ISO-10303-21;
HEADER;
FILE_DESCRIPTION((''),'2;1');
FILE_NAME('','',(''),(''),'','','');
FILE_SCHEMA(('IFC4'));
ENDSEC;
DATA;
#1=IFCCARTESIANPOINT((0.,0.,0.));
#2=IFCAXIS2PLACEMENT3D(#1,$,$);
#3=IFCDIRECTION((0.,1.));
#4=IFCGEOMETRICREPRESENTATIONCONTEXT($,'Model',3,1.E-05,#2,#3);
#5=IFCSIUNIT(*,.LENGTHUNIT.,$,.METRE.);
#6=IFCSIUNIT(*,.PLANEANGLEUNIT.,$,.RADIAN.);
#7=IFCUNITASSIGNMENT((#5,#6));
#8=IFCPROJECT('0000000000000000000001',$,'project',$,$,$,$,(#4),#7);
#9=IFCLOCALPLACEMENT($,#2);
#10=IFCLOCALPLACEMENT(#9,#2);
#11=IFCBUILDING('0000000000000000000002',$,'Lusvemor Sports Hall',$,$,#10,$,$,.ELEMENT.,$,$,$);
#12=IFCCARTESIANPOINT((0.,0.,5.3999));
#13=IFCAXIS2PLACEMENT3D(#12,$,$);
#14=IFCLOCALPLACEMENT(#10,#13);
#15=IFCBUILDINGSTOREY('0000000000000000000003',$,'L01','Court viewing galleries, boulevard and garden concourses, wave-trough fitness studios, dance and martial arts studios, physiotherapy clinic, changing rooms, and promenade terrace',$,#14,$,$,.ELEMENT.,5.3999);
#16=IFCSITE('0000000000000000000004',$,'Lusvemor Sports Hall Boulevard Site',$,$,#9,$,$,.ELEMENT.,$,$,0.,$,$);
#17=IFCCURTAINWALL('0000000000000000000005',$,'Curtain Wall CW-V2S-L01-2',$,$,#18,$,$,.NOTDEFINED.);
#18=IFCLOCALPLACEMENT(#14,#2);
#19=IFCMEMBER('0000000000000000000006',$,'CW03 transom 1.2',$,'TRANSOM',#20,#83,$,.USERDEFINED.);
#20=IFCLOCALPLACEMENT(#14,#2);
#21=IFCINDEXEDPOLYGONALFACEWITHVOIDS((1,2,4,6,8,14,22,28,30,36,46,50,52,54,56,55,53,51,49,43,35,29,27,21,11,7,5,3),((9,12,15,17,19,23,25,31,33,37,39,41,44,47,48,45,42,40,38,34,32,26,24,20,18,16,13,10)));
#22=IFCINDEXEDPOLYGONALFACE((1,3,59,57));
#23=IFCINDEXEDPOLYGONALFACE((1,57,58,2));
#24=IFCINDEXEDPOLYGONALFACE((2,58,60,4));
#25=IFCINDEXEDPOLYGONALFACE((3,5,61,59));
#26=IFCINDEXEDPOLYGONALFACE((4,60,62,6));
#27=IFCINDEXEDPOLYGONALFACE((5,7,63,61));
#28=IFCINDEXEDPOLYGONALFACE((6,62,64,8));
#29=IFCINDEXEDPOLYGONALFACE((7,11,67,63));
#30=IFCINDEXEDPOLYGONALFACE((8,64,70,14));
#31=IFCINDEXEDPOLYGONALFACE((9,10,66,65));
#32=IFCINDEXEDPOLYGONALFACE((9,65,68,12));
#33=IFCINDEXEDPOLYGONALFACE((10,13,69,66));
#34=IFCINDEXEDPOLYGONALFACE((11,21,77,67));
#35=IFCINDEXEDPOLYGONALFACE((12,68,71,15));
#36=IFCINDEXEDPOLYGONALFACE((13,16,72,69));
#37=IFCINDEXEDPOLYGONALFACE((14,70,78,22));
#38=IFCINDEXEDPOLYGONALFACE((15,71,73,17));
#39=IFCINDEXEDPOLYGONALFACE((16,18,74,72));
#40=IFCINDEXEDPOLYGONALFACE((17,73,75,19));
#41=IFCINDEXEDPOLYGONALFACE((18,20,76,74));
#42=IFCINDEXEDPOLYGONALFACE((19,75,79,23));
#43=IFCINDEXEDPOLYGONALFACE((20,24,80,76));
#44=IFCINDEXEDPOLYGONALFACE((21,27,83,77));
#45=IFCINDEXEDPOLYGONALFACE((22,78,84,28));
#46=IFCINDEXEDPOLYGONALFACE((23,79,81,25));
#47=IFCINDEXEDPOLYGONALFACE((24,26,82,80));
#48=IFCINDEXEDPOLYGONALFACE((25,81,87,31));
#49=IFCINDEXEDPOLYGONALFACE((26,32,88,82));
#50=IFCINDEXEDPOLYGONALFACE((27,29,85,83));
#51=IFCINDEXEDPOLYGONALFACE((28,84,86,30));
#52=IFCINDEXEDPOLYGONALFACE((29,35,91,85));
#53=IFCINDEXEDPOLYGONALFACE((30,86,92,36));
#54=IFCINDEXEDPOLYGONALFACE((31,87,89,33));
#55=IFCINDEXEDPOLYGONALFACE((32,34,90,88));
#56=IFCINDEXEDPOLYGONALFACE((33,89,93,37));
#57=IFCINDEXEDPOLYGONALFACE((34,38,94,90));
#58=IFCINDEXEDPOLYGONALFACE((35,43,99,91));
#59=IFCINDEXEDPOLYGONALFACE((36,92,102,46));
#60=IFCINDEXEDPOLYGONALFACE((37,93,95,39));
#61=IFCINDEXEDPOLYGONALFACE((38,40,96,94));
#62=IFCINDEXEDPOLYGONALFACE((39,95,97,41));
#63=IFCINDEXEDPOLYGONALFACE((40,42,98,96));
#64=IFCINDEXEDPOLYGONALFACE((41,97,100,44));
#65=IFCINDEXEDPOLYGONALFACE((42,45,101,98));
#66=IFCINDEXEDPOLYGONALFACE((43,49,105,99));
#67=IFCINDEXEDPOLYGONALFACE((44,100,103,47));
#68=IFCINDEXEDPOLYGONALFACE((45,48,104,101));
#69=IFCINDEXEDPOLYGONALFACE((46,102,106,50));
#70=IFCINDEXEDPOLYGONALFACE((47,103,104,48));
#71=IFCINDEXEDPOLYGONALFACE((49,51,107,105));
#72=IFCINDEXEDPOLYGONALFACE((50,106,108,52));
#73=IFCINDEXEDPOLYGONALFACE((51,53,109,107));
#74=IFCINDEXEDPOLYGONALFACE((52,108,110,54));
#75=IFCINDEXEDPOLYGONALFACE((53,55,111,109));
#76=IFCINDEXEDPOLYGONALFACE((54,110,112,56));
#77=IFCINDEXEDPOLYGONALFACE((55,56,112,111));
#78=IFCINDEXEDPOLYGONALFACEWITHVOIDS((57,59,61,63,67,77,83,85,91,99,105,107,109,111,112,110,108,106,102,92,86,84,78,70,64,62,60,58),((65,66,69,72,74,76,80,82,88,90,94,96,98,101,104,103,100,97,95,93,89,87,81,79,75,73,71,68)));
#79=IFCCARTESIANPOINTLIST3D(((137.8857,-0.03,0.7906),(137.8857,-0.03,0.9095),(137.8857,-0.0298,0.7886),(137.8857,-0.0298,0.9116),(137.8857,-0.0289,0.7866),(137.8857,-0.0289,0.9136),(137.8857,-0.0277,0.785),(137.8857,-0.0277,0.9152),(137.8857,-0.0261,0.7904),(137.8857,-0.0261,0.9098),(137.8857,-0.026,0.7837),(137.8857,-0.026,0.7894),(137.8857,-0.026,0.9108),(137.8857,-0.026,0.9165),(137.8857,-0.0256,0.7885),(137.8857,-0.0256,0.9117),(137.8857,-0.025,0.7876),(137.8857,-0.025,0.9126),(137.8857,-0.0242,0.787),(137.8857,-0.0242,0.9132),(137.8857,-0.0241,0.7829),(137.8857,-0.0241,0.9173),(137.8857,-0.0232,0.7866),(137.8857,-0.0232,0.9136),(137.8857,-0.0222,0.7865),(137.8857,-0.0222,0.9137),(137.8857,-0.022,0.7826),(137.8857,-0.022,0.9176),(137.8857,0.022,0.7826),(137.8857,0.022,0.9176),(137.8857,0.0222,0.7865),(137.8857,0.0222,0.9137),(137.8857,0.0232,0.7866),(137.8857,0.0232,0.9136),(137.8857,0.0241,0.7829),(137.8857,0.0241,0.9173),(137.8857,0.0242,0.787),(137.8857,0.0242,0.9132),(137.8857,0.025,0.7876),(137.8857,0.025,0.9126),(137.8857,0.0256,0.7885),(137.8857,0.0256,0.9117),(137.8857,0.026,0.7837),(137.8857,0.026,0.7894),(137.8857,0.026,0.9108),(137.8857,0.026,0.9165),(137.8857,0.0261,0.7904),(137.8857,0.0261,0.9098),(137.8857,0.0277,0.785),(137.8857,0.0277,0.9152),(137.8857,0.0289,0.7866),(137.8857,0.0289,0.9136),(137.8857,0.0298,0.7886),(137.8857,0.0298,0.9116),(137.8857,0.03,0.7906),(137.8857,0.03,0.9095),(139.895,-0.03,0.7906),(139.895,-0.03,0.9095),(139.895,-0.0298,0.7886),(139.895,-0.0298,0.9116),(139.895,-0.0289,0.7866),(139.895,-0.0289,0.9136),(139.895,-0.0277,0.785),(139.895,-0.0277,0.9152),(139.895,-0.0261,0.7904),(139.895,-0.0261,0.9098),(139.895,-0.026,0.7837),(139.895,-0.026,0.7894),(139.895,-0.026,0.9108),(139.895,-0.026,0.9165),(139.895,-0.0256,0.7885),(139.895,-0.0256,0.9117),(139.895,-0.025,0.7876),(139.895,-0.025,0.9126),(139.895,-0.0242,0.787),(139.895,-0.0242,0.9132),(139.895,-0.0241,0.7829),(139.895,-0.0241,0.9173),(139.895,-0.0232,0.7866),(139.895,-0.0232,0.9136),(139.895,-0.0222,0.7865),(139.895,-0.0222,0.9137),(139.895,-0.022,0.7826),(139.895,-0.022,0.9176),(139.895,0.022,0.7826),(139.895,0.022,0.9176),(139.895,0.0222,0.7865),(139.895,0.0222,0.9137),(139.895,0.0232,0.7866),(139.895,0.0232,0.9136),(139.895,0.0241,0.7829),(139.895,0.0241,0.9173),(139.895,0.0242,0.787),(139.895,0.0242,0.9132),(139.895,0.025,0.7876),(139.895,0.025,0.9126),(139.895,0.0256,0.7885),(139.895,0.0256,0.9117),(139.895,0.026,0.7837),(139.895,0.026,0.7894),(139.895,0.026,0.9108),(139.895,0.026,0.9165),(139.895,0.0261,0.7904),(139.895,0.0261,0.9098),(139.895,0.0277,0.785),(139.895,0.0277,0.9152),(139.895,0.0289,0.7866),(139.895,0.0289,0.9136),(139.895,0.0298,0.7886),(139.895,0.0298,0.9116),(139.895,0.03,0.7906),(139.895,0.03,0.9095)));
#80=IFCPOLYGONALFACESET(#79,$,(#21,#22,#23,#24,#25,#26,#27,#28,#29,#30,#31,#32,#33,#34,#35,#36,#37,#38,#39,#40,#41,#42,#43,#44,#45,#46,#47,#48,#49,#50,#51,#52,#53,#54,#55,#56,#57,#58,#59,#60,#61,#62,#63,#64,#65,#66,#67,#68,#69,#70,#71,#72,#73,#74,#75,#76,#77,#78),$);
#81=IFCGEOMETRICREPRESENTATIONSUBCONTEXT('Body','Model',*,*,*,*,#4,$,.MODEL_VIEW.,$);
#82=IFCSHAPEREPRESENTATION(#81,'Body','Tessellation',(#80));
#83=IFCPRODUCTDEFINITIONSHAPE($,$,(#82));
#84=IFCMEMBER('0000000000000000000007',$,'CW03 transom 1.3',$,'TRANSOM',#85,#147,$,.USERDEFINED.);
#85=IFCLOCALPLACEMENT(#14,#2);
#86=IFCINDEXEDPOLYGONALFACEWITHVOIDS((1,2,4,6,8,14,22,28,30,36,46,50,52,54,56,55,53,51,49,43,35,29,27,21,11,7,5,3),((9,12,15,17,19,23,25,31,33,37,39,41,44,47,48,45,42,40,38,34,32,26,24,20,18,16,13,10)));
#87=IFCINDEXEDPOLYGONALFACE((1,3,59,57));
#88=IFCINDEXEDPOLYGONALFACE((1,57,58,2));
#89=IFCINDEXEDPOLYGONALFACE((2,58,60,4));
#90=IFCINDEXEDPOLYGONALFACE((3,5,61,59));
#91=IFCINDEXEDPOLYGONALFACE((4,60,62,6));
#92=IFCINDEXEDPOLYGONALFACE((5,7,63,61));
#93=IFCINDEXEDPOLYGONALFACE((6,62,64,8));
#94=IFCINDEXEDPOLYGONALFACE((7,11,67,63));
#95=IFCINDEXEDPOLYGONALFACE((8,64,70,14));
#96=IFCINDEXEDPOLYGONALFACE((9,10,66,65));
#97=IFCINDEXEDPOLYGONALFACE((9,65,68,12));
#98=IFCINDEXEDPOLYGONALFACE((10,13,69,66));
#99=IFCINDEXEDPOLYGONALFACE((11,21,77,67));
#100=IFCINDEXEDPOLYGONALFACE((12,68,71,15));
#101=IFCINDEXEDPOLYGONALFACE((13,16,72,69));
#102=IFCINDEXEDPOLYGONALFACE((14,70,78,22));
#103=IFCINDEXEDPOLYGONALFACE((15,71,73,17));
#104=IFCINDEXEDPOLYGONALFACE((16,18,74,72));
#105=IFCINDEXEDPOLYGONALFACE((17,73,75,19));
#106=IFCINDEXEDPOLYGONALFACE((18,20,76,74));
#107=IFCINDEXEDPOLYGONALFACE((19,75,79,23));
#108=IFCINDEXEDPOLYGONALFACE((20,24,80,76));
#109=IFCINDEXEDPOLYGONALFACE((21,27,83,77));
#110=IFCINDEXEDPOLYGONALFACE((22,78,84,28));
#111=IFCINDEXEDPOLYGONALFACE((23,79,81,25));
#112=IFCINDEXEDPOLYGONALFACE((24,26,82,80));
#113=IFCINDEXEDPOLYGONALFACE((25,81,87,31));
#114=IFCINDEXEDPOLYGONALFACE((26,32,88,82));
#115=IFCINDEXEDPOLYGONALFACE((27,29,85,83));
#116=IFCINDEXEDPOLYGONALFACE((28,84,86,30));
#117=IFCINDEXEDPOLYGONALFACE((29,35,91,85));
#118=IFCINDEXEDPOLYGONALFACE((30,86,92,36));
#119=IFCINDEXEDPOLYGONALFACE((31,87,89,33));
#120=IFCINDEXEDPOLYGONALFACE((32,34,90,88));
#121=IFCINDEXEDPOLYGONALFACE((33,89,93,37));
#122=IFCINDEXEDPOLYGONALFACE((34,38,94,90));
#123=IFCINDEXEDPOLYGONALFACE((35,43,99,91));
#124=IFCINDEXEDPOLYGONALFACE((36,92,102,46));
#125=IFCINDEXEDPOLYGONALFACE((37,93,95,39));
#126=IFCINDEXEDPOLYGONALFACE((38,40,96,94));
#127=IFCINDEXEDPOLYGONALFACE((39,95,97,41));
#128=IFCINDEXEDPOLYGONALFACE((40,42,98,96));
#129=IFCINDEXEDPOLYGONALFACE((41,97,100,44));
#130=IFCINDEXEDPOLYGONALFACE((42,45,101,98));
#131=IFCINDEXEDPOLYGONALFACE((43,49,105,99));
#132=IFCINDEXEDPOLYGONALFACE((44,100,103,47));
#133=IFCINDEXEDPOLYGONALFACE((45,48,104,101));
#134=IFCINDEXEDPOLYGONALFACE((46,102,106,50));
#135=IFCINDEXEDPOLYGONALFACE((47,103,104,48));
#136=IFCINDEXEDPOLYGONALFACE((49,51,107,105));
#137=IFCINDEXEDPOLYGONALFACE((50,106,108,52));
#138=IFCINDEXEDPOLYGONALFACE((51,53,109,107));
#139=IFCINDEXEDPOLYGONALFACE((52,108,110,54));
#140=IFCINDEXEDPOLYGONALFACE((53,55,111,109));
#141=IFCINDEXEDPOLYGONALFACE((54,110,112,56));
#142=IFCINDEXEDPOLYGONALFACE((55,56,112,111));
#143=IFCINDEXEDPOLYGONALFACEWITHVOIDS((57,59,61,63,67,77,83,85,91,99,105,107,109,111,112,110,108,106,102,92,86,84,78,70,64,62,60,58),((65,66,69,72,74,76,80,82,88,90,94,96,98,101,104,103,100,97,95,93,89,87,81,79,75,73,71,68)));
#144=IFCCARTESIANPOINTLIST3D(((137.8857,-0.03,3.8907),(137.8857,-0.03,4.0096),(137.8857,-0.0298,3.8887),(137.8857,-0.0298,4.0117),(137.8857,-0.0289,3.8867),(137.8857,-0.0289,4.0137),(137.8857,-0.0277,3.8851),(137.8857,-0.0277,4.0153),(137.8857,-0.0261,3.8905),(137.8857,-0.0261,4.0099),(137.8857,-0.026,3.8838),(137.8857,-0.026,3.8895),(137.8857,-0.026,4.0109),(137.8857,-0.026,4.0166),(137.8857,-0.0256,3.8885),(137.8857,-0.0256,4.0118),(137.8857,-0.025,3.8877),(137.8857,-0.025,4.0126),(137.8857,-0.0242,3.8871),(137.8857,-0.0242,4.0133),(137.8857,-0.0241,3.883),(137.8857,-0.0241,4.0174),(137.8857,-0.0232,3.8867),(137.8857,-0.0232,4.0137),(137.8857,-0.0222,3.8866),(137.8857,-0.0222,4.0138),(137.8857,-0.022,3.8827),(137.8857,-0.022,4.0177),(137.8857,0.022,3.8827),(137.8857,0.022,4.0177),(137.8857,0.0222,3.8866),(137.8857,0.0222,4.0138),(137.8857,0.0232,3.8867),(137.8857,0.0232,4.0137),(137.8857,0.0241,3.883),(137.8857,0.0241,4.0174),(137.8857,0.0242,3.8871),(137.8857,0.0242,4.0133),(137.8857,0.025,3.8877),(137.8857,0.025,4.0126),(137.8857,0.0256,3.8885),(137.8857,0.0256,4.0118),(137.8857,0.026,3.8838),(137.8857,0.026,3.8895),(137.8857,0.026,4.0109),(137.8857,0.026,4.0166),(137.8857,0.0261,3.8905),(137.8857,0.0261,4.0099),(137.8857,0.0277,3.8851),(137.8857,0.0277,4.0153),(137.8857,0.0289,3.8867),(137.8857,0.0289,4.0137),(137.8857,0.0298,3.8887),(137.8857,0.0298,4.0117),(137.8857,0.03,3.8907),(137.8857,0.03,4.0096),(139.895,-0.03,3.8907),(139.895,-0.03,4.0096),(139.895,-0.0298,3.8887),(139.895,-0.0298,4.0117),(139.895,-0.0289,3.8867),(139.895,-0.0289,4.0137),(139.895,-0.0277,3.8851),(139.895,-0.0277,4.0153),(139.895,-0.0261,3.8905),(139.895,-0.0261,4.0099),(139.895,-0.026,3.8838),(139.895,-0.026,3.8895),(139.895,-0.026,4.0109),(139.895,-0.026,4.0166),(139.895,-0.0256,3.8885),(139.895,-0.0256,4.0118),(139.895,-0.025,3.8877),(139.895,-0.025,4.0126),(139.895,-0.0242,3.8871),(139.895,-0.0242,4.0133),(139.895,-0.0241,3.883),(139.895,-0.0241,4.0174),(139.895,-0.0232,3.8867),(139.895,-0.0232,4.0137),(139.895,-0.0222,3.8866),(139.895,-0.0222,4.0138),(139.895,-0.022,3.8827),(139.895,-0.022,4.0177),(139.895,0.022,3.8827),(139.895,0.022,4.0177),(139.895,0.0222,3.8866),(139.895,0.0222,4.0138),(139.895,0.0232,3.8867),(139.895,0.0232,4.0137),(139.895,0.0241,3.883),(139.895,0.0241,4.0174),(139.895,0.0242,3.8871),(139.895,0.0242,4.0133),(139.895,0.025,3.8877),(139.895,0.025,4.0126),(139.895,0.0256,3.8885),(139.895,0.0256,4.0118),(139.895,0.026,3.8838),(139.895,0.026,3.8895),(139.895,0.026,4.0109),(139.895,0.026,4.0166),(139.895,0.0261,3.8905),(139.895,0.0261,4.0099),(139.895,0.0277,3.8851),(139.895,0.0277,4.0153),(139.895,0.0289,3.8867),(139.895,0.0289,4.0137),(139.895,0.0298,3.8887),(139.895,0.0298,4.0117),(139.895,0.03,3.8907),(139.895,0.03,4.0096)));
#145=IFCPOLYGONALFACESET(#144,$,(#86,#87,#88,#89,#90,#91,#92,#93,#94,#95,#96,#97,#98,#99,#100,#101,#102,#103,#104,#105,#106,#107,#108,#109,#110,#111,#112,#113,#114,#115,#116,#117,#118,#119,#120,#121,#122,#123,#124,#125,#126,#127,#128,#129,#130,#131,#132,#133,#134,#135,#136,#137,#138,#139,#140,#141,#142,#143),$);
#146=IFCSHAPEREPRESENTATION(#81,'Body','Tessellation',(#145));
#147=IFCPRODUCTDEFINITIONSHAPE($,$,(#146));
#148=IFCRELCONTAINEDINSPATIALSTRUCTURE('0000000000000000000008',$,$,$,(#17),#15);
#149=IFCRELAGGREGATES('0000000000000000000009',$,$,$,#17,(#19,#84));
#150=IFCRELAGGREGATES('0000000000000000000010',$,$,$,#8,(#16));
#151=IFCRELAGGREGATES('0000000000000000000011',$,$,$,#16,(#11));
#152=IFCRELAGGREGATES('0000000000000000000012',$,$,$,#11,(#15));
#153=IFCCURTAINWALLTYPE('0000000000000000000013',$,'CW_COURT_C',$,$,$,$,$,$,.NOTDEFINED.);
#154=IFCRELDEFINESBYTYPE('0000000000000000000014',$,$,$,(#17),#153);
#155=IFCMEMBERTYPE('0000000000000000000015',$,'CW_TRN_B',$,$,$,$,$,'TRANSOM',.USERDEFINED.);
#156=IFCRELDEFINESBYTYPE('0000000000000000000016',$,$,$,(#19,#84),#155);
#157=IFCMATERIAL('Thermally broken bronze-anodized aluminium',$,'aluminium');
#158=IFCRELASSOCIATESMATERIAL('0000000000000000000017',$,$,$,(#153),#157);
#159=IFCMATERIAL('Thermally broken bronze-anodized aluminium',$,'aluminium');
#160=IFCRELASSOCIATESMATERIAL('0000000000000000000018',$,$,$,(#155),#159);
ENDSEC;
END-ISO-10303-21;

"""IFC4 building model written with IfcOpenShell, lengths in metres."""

from ifc_helpers import new_model, si_unit, direction, frame, origin, origin_2d, place, context, subcontext, project, spatial, hollow_rectangle, extrude, material, material_profile, profile_set, type_object, element, aggregate, save


model = new_model("IFC4")

# Units and contexts
model_context = context("Model", 3, precision=1e-05, world=origin(), true_north=direction((0.0, 1.0)))
body_context = subcontext(model_context, "Body", "Model", "MODEL_VIEW")
ifc_project = project(units=[si_unit("LENGTHUNIT", "METRE"), si_unit("PLANEANGLEUNIT", "RADIAN")], contexts=[model_context])

# Site, building, storey
site_placement = place(None, origin())
site = spatial("IfcSite", under=ifc_project, at=site_placement, Name="Lusvemor Sports Hall Boulevard Site", CompositionType="ELEMENT", RefElevation=0.0)
building_placement = place(site_placement, origin())
building = spatial("IfcBuilding", under=site, at=building_placement, Name="Lusvemor Sports Hall", CompositionType="ELEMENT")
storey_placement = place(building_placement, frame((0.0, 0.0, 5.3999)))
storey = spatial("IfcBuildingStorey", under=building, at=storey_placement, Name="L01", Description="Court viewing galleries, boulevard and garden concourses, wave-trough fitness studios, dance and martial arts studios, physiotherapy clinic, changing rooms, and promenade terrace", CompositionType="ELEMENT", Elevation=5.3999)

# Curtain wall, members
ifc_material_1 = material(Name="Thermally broken bronze-anodized aluminium", Category="aluminium")
curtain_wall_type = type_object("IfcCurtainWallType", Name="CW_COURT_C", PredefinedType="NOTDEFINED", material=ifc_material_1)
curtain_wall_placement = place(storey_placement, origin())
curtain_wall = element("IfcCurtainWall", 1, at=curtain_wall_placement, inside=storey, type_object=curtain_wall_type, Name="Curtain Wall CW-V2S-L01-2", PredefinedType="NOTDEFINED")
ifc_material_2 = material(Name="Thermally broken bronze-anodized aluminium", Category="aluminium")
ifc_material_profile_1 = material_profile(ifc_material_2, hollow_rectangle(XDim=0.0601, YDim=0.135, WallThickness=0.0039, InnerFilletRadius=0.0039, OuterFilletRadius=0.0081, at=origin_2d()), Name="CWTRN135x60x4")
ifc_profile_set_1 = profile_set([ifc_material_profile_1], Name="Thermally broken bronze-anodized aluminium")
member_type_1 = type_object("IfcMemberType", Name="CW_TRN_B", ElementType="TRANSOM", PredefinedType="USERDEFINED", material=ifc_profile_set_1)
member_1_placement = place(storey_placement, frame((139.895, 0.0, 0.8501), z_axis=(-1.0, 0.0, 0.0), x_axis=(0.0, -1.0, 0.0)))
member_1 = element("IfcMember", 2, at=member_1_placement, type_object=member_type_1, Name="CW03 transom 1.2", ObjectType="TRANSOM", PredefinedType="USERDEFINED", context=body_context, shape_type="SweptSolid", body=[
    extrude(hollow_rectangle(XDim=0.0601, YDim=0.135, WallThickness=0.0039, InnerFilletRadius=0.0039, OuterFilletRadius=0.0081, at=origin_2d()), origin(), (0.0, 0.0, 1.0), 2.0093),
])
member_2_placement = place(storey_placement, frame((139.895, 0.0, 3.9502), z_axis=(-1.0, 0.0, 0.0), x_axis=(0.0, -1.0, 0.0)))
member_2 = element("IfcMember", 3, at=member_2_placement, type_object=member_type_1, Name="CW03 transom 1.3", ObjectType="TRANSOM", PredefinedType="USERDEFINED", context=body_context, shape_type="SweptSolid", body=[
    extrude(hollow_rectangle(XDim=0.0601, YDim=0.135, WallThickness=0.0039, InnerFilletRadius=0.0039, OuterFilletRadius=0.0081, at=origin_2d()), origin(), (0.0, 0.0, 1.0), 2.0093),
])

aggregate(curtain_wall, [member_1, member_2])

save(model, "model.ifc")
